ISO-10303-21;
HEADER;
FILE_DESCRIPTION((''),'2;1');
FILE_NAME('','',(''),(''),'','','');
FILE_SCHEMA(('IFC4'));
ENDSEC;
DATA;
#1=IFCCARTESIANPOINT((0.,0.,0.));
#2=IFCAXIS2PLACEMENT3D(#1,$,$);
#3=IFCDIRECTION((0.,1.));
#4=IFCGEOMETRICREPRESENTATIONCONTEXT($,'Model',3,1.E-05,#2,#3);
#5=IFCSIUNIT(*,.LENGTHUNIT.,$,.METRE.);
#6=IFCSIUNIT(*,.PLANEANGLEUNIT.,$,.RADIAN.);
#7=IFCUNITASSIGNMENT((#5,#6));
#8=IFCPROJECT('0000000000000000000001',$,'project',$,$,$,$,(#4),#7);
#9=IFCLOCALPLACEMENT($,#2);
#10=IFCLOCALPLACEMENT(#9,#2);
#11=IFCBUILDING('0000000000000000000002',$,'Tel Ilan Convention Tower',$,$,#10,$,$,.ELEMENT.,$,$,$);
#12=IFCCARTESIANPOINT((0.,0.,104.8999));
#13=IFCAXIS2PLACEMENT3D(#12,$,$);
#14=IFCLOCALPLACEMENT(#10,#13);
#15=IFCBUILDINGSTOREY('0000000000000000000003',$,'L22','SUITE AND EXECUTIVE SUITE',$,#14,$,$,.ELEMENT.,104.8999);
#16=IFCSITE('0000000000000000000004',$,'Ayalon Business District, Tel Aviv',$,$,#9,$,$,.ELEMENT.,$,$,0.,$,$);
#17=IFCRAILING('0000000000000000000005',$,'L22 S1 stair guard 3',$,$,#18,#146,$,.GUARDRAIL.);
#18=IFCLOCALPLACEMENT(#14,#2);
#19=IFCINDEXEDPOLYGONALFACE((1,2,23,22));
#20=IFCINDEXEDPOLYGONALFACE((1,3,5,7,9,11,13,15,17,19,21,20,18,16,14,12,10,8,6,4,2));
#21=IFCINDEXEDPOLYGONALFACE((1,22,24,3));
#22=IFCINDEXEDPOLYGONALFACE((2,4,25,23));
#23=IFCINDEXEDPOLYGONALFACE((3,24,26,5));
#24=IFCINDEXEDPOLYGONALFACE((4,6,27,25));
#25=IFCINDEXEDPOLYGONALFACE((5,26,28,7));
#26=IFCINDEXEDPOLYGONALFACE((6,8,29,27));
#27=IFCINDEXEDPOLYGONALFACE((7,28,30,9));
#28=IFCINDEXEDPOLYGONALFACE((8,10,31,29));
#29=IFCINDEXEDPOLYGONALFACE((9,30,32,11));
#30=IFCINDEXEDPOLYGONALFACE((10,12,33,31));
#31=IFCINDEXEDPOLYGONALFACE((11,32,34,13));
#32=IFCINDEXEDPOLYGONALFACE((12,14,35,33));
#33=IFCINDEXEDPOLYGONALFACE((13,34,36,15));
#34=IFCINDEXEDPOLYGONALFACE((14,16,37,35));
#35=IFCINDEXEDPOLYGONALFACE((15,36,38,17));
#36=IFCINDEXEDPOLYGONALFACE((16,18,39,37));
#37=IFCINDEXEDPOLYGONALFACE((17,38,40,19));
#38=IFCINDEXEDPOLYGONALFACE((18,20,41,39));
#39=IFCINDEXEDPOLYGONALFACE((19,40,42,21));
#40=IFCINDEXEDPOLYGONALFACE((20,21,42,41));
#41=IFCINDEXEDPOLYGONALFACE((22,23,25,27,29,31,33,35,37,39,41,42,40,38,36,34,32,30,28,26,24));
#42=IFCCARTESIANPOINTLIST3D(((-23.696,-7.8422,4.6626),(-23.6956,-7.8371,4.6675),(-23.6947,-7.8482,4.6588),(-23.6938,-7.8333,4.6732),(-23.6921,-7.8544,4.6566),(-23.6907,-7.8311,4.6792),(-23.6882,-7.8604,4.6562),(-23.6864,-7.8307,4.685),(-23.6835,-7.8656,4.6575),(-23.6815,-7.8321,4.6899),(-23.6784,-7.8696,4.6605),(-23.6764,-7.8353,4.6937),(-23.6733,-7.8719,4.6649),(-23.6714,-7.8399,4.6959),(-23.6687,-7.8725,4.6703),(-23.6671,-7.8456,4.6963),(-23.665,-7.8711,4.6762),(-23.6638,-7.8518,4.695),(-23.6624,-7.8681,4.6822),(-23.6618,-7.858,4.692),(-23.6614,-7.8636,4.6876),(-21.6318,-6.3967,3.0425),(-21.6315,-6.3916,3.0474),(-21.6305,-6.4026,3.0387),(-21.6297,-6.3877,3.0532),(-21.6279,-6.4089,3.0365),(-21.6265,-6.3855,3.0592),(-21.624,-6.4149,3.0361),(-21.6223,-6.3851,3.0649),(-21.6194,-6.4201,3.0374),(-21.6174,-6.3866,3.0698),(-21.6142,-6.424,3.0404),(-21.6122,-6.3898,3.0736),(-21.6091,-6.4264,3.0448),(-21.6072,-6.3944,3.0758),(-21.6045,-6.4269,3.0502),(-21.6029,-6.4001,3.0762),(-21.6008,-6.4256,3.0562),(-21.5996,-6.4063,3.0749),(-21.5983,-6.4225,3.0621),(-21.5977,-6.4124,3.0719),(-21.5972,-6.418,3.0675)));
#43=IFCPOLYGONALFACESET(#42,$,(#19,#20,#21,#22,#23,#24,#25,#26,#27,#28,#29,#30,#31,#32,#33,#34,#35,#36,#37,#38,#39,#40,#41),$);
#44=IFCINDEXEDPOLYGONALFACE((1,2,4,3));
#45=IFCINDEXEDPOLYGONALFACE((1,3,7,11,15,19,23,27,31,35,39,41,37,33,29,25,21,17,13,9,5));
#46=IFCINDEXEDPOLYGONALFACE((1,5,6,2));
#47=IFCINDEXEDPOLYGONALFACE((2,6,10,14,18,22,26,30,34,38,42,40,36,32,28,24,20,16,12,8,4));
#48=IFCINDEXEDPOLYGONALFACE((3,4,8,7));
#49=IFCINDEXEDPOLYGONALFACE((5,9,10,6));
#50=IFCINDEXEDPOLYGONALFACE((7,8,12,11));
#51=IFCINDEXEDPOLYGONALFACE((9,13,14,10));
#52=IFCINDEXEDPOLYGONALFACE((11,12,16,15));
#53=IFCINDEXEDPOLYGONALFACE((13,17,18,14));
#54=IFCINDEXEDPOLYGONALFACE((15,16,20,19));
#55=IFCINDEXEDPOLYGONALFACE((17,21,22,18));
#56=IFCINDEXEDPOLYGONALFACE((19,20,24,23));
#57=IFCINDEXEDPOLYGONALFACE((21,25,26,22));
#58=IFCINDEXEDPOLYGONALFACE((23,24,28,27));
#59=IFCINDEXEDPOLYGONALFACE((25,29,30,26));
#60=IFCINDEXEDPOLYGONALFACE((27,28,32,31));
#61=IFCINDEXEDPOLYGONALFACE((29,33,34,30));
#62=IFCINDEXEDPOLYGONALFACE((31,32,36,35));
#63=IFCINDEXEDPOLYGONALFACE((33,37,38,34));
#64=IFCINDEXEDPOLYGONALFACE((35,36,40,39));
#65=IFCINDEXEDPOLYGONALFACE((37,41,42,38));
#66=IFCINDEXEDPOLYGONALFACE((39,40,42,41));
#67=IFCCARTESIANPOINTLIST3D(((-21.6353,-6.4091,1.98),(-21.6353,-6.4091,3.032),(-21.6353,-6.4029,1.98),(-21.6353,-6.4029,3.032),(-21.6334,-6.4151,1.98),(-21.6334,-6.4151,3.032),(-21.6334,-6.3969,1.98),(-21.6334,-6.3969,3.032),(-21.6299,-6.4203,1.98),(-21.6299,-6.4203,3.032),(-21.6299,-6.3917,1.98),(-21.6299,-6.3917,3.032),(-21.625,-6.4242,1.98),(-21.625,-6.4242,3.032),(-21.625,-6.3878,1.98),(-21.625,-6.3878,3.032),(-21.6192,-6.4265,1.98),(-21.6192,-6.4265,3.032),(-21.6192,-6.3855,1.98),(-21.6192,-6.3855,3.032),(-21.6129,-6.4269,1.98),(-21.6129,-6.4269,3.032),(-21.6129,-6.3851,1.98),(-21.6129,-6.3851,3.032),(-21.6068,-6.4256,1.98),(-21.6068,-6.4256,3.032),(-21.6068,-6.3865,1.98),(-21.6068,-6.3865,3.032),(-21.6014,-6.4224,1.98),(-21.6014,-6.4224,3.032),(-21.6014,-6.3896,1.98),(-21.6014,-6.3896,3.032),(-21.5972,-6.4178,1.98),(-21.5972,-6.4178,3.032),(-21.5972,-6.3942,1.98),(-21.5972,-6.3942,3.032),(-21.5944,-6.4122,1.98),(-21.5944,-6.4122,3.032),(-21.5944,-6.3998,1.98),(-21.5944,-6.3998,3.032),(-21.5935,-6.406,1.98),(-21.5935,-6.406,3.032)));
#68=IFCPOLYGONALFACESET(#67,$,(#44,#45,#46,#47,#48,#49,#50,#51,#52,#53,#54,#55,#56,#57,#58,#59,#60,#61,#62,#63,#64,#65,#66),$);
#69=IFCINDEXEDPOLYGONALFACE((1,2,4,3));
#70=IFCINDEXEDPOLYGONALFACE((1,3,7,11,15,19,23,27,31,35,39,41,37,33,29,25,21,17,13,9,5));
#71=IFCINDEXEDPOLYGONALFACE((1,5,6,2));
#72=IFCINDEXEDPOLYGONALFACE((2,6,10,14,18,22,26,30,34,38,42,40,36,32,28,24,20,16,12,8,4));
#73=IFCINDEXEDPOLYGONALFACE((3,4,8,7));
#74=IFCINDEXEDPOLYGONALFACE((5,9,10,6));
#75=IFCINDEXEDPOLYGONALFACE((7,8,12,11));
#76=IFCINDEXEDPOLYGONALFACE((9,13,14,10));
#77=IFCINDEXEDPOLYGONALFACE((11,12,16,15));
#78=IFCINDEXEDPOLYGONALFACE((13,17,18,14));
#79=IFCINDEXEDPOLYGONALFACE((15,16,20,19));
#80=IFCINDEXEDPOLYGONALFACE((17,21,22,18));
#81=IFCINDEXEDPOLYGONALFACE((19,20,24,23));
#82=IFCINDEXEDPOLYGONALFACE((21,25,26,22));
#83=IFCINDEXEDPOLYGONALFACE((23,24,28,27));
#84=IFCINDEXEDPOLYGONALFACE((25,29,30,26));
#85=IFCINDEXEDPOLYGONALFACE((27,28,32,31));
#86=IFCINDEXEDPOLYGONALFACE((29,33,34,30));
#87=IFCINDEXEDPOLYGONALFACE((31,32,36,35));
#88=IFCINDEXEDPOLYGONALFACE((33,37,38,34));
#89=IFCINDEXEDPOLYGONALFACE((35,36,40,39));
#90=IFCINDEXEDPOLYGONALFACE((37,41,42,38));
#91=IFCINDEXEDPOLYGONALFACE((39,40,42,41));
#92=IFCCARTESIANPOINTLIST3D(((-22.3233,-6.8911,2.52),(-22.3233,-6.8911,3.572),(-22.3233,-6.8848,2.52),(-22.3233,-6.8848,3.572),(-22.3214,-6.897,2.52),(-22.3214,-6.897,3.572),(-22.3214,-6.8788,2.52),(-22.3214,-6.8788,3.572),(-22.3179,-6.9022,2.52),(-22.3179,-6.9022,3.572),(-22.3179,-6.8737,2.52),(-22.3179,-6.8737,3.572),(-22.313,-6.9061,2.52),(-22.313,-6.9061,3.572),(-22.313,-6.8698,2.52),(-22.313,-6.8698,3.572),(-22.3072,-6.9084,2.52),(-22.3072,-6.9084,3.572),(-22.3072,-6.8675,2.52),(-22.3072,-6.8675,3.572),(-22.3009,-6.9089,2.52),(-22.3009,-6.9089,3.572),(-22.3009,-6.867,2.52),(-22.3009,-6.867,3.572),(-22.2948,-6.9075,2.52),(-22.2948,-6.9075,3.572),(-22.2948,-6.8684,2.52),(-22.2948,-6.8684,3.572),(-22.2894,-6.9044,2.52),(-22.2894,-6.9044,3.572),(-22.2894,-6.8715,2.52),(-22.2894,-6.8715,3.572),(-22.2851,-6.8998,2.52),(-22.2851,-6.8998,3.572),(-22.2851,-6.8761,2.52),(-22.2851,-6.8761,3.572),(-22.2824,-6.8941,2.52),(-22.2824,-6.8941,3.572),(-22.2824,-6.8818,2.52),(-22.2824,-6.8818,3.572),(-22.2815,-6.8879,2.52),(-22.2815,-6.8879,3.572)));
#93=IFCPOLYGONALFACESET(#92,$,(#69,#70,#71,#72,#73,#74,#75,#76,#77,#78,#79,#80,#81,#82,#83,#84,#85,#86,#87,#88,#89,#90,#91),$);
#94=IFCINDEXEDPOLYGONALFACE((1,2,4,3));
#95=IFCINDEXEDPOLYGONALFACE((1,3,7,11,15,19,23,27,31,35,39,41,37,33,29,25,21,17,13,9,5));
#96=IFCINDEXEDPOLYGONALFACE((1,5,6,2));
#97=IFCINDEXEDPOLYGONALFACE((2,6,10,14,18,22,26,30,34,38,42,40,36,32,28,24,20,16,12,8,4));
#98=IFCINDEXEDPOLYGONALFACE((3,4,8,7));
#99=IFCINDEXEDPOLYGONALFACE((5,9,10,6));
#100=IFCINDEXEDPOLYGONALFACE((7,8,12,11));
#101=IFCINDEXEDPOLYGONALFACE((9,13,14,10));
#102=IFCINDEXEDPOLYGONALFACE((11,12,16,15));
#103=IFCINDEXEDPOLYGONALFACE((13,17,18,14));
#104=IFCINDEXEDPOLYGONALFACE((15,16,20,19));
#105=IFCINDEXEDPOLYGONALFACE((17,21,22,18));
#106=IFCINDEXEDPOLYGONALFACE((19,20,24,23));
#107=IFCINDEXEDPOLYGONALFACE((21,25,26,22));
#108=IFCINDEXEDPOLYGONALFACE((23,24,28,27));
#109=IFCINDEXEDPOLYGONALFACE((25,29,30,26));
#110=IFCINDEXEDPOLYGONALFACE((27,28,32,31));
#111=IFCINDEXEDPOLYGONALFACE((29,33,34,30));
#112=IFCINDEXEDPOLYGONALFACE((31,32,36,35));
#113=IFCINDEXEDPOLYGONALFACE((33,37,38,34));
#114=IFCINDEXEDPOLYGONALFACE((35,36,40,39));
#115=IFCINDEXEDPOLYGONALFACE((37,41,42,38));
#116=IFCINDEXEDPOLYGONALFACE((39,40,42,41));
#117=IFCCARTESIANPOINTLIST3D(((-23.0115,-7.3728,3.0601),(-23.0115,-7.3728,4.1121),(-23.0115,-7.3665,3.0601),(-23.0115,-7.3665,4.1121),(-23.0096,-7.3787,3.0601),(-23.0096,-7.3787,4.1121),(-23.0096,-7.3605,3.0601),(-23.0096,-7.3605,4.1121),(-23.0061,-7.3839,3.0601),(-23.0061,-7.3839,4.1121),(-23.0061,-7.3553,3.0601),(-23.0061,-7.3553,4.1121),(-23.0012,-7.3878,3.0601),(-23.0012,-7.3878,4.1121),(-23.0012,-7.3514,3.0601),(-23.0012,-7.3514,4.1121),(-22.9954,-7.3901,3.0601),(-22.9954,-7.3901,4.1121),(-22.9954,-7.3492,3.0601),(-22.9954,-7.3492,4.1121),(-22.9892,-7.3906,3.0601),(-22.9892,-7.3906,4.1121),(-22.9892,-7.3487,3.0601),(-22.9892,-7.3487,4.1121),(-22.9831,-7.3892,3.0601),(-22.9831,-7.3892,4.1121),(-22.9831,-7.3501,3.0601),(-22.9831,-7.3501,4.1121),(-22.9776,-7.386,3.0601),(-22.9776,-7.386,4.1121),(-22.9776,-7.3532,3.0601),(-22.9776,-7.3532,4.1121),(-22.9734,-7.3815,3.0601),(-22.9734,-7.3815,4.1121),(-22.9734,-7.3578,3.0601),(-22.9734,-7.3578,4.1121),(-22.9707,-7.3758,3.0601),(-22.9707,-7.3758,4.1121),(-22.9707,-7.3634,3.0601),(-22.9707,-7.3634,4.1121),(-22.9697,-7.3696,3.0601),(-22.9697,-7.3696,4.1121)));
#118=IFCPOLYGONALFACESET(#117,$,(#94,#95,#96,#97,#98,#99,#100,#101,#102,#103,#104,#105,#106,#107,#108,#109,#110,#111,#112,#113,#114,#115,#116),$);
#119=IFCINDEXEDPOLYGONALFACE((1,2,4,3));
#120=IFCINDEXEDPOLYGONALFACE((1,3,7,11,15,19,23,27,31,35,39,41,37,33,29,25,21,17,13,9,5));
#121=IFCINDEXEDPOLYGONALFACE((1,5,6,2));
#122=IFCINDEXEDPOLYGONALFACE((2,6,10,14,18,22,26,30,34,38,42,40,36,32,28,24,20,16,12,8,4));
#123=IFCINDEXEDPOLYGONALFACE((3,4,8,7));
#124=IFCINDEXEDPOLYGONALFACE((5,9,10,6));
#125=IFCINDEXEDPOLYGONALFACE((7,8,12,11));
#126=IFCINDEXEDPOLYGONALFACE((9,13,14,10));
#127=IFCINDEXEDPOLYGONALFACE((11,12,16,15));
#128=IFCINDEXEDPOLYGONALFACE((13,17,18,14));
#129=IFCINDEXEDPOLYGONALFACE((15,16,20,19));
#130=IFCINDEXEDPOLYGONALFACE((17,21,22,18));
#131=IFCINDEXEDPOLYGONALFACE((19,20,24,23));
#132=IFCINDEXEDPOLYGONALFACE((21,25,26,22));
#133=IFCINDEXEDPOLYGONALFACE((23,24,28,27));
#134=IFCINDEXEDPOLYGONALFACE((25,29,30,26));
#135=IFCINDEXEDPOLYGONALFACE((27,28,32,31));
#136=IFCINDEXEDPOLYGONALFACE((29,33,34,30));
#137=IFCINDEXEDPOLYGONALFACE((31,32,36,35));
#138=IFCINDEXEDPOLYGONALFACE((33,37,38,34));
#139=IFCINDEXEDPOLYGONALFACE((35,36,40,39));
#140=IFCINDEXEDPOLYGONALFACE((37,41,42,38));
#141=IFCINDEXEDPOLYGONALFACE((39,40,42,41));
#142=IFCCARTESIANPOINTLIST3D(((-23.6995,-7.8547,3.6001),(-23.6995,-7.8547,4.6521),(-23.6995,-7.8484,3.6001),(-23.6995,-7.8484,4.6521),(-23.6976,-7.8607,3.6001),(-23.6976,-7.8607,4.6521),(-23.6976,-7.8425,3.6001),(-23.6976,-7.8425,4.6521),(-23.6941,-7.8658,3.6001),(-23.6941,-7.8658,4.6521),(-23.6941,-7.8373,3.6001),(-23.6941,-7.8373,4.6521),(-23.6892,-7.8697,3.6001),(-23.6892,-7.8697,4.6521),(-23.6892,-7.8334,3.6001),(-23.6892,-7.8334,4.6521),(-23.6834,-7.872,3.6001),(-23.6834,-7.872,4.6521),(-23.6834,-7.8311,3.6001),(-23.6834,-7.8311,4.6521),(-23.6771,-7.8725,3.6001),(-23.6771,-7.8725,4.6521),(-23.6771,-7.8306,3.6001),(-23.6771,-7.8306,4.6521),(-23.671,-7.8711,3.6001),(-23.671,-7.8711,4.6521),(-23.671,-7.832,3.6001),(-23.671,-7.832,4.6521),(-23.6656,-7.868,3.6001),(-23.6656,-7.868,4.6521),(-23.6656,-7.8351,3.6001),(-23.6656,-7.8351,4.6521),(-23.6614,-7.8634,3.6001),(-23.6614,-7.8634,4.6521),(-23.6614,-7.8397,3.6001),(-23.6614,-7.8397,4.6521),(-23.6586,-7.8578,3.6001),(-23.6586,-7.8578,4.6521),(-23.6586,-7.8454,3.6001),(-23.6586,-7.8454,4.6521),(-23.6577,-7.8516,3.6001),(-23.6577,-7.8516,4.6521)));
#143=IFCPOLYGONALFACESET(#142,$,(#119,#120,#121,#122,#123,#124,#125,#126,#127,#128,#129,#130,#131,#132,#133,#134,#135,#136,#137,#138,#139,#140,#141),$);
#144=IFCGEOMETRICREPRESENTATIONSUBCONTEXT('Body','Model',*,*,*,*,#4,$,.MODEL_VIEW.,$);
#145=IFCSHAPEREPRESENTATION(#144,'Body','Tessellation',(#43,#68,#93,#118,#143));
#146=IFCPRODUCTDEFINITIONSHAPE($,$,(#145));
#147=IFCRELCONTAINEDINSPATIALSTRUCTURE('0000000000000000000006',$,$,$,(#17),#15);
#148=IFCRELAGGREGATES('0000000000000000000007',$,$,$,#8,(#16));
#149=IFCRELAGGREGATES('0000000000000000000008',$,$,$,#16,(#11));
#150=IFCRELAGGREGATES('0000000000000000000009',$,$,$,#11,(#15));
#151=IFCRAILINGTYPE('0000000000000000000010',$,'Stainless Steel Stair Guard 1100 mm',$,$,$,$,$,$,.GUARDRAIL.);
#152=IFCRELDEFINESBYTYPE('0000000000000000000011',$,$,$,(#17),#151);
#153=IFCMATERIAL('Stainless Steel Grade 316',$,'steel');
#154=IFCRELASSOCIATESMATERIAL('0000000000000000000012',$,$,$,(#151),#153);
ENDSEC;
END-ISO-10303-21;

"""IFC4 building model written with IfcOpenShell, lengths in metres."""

from ifc_helpers import new_model, si_unit, direction, frame, origin, origin_2d, place, context, subcontext, project, spatial, circle, extrude, material, type_object, element, save


model = new_model("IFC4")

# Units and contexts
model_context = context("Model", 3, precision=1e-05, world=origin(), true_north=direction((0.0, 1.0)))
body_context = subcontext(model_context, "Body", "Model", "MODEL_VIEW")
ifc_project = project(units=[si_unit("LENGTHUNIT", "METRE"), si_unit("PLANEANGLEUNIT", "RADIAN")], contexts=[model_context])

# Site, building, storey
site_placement = place(None, origin())
site = spatial("IfcSite", under=ifc_project, at=site_placement, Name="Ayalon Business District, Tel Aviv", CompositionType="ELEMENT", RefElevation=0.0)
building_placement = place(site_placement, origin())
building = spatial("IfcBuilding", under=site, at=building_placement, Name="Tel Ilan Convention Tower", CompositionType="ELEMENT")
storey_placement = place(building_placement, frame((0.0, 0.0, 104.8999)))
storey = spatial("IfcBuildingStorey", under=building, at=storey_placement, Name="L22", Description="SUITE AND EXECUTIVE SUITE", CompositionType="ELEMENT", Elevation=104.8999)

# Railing
ifc_material_1 = material(Name="Stainless Steel Grade 316", Category="steel")
railing_type_1 = type_object("IfcRailingType", Name="Stainless Steel Stair Guard 1100 mm", PredefinedType="GUARDRAIL", material=ifc_material_1)
railing_1_placement = place(storey_placement, frame((-21.6145, -6.406, 1.98)))
element("IfcRailing", 1, at=railing_1_placement, inside=storey, type_object=railing_type_1, Name="L22 S1 stair guard 3", PredefinedType="GUARDRAIL", context=body_context, shape_type="SweptSolid", body=[
    extrude(circle(Radius=0.0239, at=origin_2d()), frame((0.0, 0.0, 1.0762), z_axis=(-0.689013, -0.482513, 0.540779), x_axis=(0.573625, -0.819118, 0.0)), (0.0, 0.0, 1.0), 2.9958),
    extrude(circle(Radius=0.021, at=origin_2d()), origin(), (0.0, 0.0, 1.0), 1.052),
    extrude(circle(Radius=0.021, at=origin_2d()), frame((-0.688, -0.4819, 0.54)), (0.0, 0.0, 1.0), 1.052),
    extrude(circle(Radius=0.021, at=origin_2d()), frame((-1.3762, -0.9636, 1.0801)), (0.0, 0.0, 1.0), 1.052),
    extrude(circle(Radius=0.021, at=origin_2d()), frame((-2.0642, -1.4456, 1.6201)), (0.0, 0.0, 1.0), 1.052),
])

save(model, "model.ifc")
